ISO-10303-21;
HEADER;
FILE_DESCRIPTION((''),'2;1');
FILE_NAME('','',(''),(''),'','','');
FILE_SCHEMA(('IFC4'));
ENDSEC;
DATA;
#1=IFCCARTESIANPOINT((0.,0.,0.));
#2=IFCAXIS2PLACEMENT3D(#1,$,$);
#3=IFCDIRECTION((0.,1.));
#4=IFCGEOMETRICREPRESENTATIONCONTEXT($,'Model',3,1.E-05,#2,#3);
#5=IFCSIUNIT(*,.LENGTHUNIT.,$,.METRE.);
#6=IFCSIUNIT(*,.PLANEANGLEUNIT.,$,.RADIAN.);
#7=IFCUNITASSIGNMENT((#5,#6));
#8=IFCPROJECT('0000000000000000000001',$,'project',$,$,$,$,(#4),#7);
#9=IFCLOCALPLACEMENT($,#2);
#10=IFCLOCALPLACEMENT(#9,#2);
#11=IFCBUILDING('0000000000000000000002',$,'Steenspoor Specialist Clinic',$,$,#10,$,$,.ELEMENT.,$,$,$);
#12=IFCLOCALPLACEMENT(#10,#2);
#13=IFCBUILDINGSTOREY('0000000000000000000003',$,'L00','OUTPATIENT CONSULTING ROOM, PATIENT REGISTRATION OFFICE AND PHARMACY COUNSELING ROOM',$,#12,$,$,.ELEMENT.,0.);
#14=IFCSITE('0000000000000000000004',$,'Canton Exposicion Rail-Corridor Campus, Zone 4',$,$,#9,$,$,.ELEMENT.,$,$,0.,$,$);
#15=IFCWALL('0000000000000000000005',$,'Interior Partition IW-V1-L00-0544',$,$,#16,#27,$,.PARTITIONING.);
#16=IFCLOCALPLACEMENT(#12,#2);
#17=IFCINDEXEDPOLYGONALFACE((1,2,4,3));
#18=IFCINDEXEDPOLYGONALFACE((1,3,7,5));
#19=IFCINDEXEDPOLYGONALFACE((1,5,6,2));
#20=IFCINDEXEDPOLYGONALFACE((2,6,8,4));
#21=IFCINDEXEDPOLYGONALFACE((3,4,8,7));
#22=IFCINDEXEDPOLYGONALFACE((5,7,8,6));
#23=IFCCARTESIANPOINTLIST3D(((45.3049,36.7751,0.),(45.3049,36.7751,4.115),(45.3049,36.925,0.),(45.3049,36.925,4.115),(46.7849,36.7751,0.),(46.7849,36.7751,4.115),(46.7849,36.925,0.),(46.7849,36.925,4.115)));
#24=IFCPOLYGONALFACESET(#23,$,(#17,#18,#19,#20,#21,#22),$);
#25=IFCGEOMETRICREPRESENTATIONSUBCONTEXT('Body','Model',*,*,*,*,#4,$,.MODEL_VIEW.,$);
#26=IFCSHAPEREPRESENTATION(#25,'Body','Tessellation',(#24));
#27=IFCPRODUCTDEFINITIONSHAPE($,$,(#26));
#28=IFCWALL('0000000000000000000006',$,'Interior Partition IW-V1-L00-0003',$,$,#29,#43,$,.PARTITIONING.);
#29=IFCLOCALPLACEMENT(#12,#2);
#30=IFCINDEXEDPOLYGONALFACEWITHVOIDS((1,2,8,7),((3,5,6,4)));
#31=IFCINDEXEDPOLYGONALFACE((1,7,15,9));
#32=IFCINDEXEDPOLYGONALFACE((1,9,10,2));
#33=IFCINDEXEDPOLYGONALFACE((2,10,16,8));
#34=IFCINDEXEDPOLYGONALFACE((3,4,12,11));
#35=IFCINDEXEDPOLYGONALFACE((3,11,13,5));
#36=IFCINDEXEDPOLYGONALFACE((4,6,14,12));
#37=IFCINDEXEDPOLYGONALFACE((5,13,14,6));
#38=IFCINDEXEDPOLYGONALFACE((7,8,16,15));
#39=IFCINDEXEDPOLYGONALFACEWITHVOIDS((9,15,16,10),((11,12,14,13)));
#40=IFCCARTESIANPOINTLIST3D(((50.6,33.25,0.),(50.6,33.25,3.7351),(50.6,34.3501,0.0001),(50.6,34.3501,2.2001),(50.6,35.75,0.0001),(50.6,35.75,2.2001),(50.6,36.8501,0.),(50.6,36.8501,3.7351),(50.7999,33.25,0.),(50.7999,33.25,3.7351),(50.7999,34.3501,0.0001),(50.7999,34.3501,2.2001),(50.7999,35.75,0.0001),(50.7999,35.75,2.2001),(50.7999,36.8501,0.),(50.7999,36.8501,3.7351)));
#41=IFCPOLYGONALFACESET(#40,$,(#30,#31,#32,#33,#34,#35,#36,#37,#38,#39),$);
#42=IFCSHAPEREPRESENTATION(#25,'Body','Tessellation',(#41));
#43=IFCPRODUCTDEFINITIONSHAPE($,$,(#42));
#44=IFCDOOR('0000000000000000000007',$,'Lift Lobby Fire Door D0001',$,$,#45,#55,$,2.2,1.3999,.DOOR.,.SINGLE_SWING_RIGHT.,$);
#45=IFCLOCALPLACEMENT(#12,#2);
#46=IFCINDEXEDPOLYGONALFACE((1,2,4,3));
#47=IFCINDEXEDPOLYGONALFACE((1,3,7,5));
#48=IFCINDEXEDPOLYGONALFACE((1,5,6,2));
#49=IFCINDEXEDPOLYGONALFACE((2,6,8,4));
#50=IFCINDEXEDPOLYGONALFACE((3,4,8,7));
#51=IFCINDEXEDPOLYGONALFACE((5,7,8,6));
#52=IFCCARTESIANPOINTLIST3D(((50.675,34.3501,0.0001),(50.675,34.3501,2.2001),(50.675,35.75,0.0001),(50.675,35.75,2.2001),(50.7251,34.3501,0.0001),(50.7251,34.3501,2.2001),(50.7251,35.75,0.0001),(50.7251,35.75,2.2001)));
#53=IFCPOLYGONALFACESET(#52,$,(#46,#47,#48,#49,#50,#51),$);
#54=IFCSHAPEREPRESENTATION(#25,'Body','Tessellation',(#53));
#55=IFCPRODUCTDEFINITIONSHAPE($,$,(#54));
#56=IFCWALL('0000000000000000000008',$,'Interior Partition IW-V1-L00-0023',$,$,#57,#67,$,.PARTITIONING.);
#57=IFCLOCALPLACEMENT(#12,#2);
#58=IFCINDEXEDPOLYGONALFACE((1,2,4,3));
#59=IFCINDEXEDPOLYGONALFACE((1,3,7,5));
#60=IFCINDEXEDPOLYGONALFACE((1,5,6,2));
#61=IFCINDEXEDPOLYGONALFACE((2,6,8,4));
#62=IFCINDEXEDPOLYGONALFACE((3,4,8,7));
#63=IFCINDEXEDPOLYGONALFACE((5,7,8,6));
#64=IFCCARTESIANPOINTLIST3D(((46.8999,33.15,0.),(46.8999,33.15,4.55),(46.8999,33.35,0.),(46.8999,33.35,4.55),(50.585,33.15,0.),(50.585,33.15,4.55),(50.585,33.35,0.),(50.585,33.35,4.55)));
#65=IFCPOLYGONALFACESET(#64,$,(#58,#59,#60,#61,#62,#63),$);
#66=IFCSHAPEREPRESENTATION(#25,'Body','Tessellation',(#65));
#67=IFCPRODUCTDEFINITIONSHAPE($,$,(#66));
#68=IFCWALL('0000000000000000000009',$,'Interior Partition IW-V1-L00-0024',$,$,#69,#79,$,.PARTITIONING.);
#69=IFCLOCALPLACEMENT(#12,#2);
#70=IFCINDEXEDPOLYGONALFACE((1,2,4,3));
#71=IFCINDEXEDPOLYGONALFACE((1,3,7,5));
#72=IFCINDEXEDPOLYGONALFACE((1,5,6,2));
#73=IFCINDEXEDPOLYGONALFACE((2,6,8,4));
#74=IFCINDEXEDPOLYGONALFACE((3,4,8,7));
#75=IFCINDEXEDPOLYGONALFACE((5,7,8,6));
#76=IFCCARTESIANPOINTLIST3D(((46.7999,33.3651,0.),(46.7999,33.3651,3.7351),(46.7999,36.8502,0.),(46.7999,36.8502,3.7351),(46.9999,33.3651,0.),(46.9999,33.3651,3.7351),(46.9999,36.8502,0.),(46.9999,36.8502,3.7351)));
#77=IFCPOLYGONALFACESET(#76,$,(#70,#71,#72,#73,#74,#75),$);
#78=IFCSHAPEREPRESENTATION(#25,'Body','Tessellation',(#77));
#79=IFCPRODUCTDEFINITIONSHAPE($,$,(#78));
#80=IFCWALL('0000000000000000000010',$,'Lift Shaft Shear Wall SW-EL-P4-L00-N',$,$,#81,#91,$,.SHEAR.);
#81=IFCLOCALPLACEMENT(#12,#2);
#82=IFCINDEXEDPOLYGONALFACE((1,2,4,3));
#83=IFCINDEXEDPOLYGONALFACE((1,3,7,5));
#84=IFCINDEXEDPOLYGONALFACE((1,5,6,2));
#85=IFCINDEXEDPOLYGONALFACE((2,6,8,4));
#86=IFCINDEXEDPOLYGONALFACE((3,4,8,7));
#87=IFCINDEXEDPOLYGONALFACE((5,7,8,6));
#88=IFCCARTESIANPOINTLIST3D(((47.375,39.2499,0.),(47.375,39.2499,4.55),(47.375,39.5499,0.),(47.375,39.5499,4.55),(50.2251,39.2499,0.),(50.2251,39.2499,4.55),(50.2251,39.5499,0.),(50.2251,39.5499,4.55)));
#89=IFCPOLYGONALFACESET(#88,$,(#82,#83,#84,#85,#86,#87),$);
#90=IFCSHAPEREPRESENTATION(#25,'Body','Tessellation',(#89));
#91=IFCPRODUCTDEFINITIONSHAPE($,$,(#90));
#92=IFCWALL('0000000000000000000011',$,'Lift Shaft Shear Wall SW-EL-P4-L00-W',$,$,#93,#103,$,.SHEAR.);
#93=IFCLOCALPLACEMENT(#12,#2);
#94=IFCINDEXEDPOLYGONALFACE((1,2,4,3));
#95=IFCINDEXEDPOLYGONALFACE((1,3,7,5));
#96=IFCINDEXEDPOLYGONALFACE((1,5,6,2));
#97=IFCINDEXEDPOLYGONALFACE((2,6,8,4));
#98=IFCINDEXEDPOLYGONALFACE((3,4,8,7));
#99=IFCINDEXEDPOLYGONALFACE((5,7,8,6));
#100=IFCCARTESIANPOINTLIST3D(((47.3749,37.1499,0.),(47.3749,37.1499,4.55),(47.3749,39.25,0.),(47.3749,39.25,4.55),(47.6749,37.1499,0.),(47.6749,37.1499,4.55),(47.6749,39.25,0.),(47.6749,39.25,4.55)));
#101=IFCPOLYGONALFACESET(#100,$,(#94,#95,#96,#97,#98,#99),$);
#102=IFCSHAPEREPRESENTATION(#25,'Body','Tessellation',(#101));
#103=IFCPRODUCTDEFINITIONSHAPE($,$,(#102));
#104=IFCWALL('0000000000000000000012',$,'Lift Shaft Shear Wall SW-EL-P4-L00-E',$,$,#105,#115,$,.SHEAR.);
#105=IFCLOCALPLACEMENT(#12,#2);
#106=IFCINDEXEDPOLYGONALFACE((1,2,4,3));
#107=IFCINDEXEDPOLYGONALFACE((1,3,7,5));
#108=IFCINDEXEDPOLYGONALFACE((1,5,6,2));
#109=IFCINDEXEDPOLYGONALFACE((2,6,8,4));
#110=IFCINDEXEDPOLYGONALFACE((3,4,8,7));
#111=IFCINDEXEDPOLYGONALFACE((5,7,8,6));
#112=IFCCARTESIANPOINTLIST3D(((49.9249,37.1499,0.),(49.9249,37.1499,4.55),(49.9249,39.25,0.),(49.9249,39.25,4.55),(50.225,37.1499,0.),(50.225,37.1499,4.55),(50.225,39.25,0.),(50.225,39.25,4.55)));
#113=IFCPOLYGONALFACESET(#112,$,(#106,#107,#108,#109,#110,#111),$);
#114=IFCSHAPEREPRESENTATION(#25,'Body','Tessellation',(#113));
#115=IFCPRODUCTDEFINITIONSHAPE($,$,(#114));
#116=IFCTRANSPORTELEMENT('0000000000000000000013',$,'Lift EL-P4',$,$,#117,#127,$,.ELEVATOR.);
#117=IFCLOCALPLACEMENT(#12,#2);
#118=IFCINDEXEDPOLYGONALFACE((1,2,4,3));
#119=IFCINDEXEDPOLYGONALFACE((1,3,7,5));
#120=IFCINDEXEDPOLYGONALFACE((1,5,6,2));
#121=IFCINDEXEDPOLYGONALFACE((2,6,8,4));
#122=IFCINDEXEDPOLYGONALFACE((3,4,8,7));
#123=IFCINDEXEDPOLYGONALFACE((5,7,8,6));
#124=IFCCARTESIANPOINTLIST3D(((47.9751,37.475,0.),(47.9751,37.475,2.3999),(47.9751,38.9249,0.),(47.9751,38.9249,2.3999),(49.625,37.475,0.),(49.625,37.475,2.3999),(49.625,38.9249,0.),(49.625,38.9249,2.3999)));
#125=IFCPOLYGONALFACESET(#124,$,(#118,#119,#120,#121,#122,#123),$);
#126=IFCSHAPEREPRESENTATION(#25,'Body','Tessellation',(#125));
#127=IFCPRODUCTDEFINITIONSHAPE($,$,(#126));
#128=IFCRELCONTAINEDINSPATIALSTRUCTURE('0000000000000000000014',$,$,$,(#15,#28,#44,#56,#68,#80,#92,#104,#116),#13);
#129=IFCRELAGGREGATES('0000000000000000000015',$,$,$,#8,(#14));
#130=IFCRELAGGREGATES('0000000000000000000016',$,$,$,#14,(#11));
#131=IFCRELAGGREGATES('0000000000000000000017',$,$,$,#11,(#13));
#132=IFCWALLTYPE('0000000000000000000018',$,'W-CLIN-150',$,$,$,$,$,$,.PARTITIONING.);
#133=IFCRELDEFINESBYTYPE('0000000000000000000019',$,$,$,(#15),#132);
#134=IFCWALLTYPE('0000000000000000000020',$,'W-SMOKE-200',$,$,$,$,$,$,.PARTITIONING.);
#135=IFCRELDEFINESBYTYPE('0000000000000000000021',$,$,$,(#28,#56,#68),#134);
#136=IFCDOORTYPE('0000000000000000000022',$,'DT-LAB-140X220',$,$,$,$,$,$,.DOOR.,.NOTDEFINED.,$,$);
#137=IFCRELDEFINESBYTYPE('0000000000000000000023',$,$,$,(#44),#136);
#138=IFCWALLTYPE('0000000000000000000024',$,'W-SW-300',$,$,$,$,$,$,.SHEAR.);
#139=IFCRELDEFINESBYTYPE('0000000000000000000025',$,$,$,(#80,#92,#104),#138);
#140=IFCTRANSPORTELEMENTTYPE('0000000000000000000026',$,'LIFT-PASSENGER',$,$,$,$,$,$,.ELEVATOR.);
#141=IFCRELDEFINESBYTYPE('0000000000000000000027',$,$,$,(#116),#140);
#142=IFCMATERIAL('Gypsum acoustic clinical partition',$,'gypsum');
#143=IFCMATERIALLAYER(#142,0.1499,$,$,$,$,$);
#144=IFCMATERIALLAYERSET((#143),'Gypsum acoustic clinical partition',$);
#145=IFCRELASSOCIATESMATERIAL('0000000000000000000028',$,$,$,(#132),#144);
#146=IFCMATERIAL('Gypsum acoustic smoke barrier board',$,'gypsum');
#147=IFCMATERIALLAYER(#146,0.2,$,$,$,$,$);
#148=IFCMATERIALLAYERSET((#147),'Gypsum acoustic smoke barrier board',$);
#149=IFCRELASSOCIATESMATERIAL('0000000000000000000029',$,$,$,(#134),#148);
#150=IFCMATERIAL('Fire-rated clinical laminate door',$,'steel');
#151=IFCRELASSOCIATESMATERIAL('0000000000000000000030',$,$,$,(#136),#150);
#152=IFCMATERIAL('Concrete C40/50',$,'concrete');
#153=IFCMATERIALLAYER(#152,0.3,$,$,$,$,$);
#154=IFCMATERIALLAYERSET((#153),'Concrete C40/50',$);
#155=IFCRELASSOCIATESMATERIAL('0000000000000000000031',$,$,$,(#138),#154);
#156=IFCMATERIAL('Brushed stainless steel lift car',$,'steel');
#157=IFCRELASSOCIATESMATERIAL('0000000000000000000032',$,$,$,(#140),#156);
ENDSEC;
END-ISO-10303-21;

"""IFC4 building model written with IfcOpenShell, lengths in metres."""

from ifc_helpers import new_model, si_unit, direction, frame, frame_2d, origin, origin_2d, place, context, subcontext, project, spatial, rectangle, extrude, material, layer, layer_set, type_object, element, fill, save


model = new_model("IFC4")

# Units and contexts
model_context = context("Model", 3, precision=1e-05, world=origin(), true_north=direction((0.0, 1.0)))
body_context = subcontext(model_context, "Body", "Model", "MODEL_VIEW")
ifc_project = project(units=[si_unit("LENGTHUNIT", "METRE"), si_unit("PLANEANGLEUNIT", "RADIAN")], contexts=[model_context])

# Site, building, storey
site_placement = place(None, origin())
site = spatial("IfcSite", under=ifc_project, at=site_placement, Name="Canton Exposicion Rail-Corridor Campus, Zone 4", CompositionType="ELEMENT", RefElevation=0.0)
building_placement = place(site_placement, origin())
building = spatial("IfcBuilding", under=site, at=building_placement, Name="Steenspoor Specialist Clinic", CompositionType="ELEMENT")
storey_placement = place(building_placement, origin())
storey = spatial("IfcBuildingStorey", under=building, at=storey_placement, Name="L00", Description="OUTPATIENT CONSULTING ROOM, PATIENT REGISTRATION OFFICE AND PHARMACY COUNSELING ROOM", CompositionType="ELEMENT", Elevation=0.0)

# Wall
ifc_material_1 = material(Name="Gypsum acoustic clinical partition", Category="gypsum")
ifc_layer_1 = layer(ifc_material_1, 0.1499)
ifc_layer_set_1 = layer_set([ifc_layer_1], Name="Gypsum acoustic clinical partition")
wall_type_1 = type_object("IfcWallType", Name="W-CLIN-150", PredefinedType="PARTITIONING", material=ifc_layer_set_1)
wall_1_placement = place(storey_placement, frame((45.3049, 36.8501, 0.0), z_axis=(0.0, 0.0, 1.0), x_axis=(1.0, 0.0, 0.0)))
element("IfcWall", 1, at=wall_1_placement, inside=storey, type_object=wall_type_1, Name="Interior Partition IW-V1-L00-0544", PredefinedType="PARTITIONING", context=body_context, shape_type="SweptSolid", body=[
    extrude(rectangle(XDim=1.48, YDim=0.1499, at=frame_2d((0.74, 0.0))), origin(), (0.0, 0.0, 1.0), 4.115),
])

# Wall, opening, door
ifc_material_2 = material(Name="Gypsum acoustic smoke barrier board", Category="gypsum")
ifc_layer_2 = layer(ifc_material_2, 0.2)
ifc_layer_set_2 = layer_set([ifc_layer_2], Name="Gypsum acoustic smoke barrier board")
wall_type_2 = type_object("IfcWallType", Name="W-SMOKE-200", PredefinedType="PARTITIONING", material=ifc_layer_set_2)
wall_2_placement = place(storey_placement, frame((50.7, 33.25, 0.0), z_axis=(0.0, 0.0, 1.0), x_axis=(0.0, 1.0, 0.0)))
wall_2 = element("IfcWall", 2, at=wall_2_placement, inside=storey, type_object=wall_type_2, Name="Interior Partition IW-V1-L00-0003", PredefinedType="PARTITIONING", context=body_context, shape_type="SweptSolid", body=[
    extrude(rectangle(XDim=3.6001, YDim=0.2, at=frame_2d((1.8, 0.0))), origin(), (0.0, 0.0, 1.0), 3.7351),
])
opening_1_placement = place(wall_2_placement, frame((1.1001, 0.0, 0.0)))
opening_1 = element("IfcOpeningElement", 3, at=opening_1_placement, cuts=wall_2, PredefinedType="OPENING", context=body_context, shape_type="SweptSolid", body=[
    extrude(rectangle(XDim=1.3999, YDim=2.2, at=frame_2d((0.7, 1.1001))), frame((0.0, 0.1099, 0.0), z_axis=(0.0, -1.0, 0.0), x_axis=(1.0, 0.0, 0.0)), (0.0, 0.0, 1.0), 0.22),
])
ifc_material_3 = material(Name="Fire-rated clinical laminate door", Category="steel")
door_type_1 = type_object("IfcDoorType", Name="DT-LAB-140X220", OperationType="NOTDEFINED", PredefinedType="DOOR", material=ifc_material_3)
door_1_placement = place(opening_1_placement, origin())
door_1 = element("IfcDoor", 4, at=door_1_placement, inside=storey, type_object=door_type_1, Name="Lift Lobby Fire Door D0001", OperationType="SINGLE_SWING_RIGHT", OverallHeight=2.2, OverallWidth=1.3999, PredefinedType="DOOR", context=body_context, shape_type="SweptSolid", body=[
    extrude(rectangle(XDim=1.3999, YDim=2.2, at=frame_2d((0.7, 1.1001))), frame((0.0, 0.0249, 0.0), z_axis=(0.0, -1.0, 0.0), x_axis=(1.0, 0.0, 0.0)), (0.0, 0.0, 1.0), 0.05),
])
fill(opening_1, door_1)

# Walls
wall_3_placement = place(storey_placement, frame((46.8999, 33.25, 0.0), z_axis=(0.0, 0.0, 1.0), x_axis=(1.0, 0.0, 0.0)))
element("IfcWall", 5, at=wall_3_placement, inside=storey, type_object=wall_type_2, Name="Interior Partition IW-V1-L00-0023", PredefinedType="PARTITIONING", context=body_context, shape_type="SweptSolid", body=[
    extrude(rectangle(XDim=3.6851, YDim=0.2, at=frame_2d((1.8425, 0.0))), origin(), (0.0, 0.0, 1.0), 4.55),
])
wall_4_placement = place(storey_placement, frame((46.8999, 33.365, 0.0), z_axis=(0.0, 0.0, 1.0), x_axis=(0.0, 1.0, 0.0)))
element("IfcWall", 6, at=wall_4_placement, inside=storey, type_object=wall_type_2, Name="Interior Partition IW-V1-L00-0024", PredefinedType="PARTITIONING", context=body_context, shape_type="SweptSolid", body=[
    extrude(rectangle(XDim=3.4851, YDim=0.2, at=frame_2d((1.7427, 0.0))), origin(), (0.0, 0.0, 1.0), 3.7351),
])

# Shared definitions
ifc_material_4 = material(Name="Concrete C40/50", Category="concrete")
ifc_layer_3 = layer(ifc_material_4, 0.3)
ifc_layer_set_3 = layer_set([ifc_layer_3], Name="Concrete C40/50")
wall_type_3 = type_object("IfcWallType", Name="W-SW-300", PredefinedType="SHEAR", material=ifc_layer_set_3)

# Walls
wall_5_placement = place(storey_placement, frame((47.375, 39.3999, 0.0), z_axis=(0.0, 0.0, 1.0), x_axis=(1.0, 0.0, 0.0)))
element("IfcWall", 7, at=wall_5_placement, inside=storey, type_object=wall_type_3, Name="Lift Shaft Shear Wall SW-EL-P4-L00-N", PredefinedType="SHEAR", context=body_context, shape_type="SweptSolid", body=[
    extrude(rectangle(XDim=2.8501, YDim=0.3, at=frame_2d((1.425, 0.0))), origin(), (0.0, 0.0, 1.0), 4.55),
])
for number, where, z_axis, x_axis, name in (
    (8, (47.5249, 37.1499, 0.0), (0.0, 0.0, 1.0), (0.0, 1.0, 0.0), "Lift Shaft Shear Wall SW-EL-P4-L00-W"),
    (9, (50.075, 37.1499, 0.0), (0.0, 0.0, 1.0), (0.0, 1.0, 0.0), "Lift Shaft Shear Wall SW-EL-P4-L00-E"),
):
    element("IfcWall", number, at=place(storey_placement, frame(where, z_axis=z_axis, x_axis=x_axis)), inside=storey, type_object=wall_type_3, Name=name, PredefinedType="SHEAR", context=body_context, shape_type="SweptSolid", body=[
        extrude(rectangle(XDim=2.1001, YDim=0.3, at=frame_2d((1.05, 0.0))), origin(), (0.0, 0.0, 1.0), 4.55),
    ])

# Transport element
ifc_material_5 = material(Name="Brushed stainless steel lift car", Category="steel")
transport_element_type = type_object("IfcTransportElementType", Name="LIFT-PASSENGER", PredefinedType="ELEVATOR", material=ifc_material_5)
transport_element_placement = place(storey_placement, frame((48.8, 38.2, 0.0), z_axis=(0.0, 0.0, 1.0), x_axis=(1.0, 0.0, 0.0)))
element("IfcTransportElement", 10, at=transport_element_placement, inside=storey, type_object=transport_element_type, Name="Lift EL-P4", PredefinedType="ELEVATOR", context=body_context, shape_type="SweptSolid", body=[
    extrude(rectangle(XDim=1.6499, YDim=1.45, at=origin_2d()), origin(), (0.0, 0.0, 1.0), 2.3999),
])

save(model, "model.ifc")
